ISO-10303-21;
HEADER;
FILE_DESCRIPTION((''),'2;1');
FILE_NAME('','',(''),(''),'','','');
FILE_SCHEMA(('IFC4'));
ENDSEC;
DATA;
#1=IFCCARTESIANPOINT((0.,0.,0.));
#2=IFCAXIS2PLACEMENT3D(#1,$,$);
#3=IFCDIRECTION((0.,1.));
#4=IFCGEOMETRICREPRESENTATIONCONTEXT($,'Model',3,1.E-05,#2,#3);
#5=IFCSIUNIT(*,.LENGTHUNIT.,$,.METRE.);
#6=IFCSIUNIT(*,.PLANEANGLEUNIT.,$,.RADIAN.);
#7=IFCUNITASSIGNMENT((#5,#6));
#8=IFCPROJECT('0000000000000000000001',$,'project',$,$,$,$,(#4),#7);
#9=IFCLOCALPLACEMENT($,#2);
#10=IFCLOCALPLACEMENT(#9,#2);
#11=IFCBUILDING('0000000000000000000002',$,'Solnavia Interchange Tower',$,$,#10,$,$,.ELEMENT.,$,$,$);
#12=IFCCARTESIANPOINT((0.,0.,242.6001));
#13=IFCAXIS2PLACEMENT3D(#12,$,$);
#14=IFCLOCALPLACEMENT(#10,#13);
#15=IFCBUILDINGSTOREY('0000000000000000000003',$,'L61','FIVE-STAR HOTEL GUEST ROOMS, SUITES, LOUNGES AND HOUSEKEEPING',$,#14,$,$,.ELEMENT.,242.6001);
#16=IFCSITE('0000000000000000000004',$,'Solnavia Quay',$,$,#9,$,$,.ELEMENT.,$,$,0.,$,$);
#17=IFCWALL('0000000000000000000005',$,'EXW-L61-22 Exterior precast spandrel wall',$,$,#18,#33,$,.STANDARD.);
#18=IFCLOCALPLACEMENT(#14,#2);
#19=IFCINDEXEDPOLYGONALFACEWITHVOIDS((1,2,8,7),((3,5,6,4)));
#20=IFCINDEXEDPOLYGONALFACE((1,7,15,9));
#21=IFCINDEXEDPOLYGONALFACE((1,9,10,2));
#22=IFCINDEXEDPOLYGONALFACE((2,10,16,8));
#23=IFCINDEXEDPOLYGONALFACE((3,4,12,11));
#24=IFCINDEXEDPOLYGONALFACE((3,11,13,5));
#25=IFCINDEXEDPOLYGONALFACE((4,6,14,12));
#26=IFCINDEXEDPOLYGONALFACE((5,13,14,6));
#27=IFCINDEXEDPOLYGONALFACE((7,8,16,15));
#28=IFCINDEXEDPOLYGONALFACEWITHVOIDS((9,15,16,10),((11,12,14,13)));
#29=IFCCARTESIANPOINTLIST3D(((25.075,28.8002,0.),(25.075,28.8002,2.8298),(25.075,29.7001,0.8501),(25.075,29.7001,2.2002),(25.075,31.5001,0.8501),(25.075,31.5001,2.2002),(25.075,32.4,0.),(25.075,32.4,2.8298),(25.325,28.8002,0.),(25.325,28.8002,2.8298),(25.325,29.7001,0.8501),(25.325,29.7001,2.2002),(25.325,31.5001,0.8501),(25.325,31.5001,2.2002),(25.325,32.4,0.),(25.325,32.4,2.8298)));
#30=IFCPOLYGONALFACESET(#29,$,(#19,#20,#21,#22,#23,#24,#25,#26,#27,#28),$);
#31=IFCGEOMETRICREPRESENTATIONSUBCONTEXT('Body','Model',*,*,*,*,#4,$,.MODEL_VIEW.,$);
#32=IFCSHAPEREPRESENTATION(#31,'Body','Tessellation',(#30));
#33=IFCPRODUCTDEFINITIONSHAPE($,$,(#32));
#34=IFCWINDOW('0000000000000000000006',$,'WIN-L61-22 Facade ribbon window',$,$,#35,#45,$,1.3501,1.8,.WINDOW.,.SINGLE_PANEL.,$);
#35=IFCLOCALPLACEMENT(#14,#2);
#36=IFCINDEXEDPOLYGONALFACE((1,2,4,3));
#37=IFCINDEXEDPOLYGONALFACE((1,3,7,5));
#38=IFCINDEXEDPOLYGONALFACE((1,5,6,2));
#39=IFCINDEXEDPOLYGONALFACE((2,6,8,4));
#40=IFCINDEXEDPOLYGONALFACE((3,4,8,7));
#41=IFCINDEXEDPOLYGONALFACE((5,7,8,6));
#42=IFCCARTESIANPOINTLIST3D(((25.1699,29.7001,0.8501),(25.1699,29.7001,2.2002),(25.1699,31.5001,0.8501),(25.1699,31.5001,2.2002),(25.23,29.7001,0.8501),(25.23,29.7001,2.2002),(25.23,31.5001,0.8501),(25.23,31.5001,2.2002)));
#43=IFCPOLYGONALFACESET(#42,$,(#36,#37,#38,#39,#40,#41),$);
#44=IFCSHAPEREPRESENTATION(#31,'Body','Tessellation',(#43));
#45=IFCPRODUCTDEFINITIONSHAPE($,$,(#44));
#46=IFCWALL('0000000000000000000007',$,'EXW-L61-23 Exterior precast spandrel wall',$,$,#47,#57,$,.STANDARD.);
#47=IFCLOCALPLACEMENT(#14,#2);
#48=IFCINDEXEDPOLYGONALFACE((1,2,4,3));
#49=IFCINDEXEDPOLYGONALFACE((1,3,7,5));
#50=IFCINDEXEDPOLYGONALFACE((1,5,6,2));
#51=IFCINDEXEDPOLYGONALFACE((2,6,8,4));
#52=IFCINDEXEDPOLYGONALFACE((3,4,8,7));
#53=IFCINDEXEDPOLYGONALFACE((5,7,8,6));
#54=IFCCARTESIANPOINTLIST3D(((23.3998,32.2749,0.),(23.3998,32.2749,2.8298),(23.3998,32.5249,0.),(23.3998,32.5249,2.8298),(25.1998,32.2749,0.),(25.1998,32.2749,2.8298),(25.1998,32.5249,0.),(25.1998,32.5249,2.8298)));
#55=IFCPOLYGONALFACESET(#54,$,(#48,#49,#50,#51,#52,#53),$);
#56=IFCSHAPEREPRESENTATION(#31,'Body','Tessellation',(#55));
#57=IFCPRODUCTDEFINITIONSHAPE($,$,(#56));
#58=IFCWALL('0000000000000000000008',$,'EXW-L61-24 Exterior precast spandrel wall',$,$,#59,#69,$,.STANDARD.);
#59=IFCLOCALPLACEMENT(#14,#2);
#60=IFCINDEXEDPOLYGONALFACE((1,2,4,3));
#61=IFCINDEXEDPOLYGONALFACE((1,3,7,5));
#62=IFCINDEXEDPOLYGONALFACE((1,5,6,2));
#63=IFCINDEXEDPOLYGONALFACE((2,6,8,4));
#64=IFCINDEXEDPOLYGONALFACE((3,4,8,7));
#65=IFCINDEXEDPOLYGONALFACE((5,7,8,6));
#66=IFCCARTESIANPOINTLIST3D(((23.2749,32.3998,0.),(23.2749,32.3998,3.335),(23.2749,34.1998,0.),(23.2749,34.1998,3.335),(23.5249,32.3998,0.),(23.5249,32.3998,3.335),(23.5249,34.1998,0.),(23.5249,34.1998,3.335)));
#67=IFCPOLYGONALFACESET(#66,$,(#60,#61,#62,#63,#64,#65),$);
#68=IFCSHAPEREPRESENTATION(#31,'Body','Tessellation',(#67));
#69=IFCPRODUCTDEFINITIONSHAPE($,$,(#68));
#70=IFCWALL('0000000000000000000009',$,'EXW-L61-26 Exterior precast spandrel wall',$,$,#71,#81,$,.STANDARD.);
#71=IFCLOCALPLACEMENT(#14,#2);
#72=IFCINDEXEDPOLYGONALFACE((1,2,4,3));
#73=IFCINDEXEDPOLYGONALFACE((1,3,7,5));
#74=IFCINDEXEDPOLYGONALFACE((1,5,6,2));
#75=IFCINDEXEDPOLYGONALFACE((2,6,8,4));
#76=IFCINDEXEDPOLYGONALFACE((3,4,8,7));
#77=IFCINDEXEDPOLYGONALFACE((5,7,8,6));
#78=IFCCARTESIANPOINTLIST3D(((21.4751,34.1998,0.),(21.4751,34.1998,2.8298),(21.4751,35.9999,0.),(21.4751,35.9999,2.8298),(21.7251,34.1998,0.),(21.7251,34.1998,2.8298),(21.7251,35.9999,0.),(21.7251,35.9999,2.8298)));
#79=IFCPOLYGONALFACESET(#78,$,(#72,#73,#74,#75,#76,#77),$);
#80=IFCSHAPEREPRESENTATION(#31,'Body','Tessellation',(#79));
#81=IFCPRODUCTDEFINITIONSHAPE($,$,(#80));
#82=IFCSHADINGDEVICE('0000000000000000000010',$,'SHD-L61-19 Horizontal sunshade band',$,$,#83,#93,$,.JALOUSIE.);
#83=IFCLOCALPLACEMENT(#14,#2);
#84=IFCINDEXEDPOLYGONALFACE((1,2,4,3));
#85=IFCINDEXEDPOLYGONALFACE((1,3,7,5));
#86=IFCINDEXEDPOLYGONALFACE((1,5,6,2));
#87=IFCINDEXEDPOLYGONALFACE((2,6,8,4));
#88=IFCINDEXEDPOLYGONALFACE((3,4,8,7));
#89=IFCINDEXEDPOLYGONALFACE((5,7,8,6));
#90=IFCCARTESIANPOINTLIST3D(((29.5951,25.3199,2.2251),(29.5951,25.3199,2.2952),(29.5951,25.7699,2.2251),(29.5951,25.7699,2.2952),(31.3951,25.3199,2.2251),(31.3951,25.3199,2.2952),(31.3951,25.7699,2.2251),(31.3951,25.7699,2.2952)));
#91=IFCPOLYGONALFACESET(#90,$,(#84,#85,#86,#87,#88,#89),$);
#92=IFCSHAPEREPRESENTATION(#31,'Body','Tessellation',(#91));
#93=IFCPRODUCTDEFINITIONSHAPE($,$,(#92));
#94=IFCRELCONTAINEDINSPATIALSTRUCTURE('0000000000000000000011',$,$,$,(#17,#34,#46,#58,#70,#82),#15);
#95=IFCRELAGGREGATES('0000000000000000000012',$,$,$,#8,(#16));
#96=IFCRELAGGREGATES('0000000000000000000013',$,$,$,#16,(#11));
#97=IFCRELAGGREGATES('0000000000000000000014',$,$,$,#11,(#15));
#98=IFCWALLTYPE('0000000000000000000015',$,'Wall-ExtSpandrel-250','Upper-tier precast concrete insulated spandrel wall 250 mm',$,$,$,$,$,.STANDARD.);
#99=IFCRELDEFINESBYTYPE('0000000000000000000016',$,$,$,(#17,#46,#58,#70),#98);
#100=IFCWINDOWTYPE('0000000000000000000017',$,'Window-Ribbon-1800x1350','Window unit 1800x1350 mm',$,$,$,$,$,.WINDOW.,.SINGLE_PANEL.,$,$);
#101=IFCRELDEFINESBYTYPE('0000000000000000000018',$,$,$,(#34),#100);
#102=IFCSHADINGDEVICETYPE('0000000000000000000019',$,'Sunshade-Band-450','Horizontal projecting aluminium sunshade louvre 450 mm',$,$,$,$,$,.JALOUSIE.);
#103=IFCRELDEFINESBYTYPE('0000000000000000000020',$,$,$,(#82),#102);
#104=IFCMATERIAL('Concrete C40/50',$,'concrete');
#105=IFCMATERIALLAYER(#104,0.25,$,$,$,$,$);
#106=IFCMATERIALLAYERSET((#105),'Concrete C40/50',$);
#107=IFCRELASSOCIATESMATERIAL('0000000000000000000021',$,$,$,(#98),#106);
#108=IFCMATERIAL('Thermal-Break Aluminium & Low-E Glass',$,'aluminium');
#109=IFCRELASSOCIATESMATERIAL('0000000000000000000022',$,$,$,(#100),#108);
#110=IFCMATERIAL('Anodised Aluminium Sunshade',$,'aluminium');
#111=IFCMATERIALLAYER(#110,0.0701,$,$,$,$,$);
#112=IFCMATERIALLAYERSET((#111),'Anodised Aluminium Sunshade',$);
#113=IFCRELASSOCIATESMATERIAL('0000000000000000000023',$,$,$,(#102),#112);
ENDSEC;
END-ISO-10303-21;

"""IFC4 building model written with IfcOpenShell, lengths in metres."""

from ifc_helpers import new_model, si_unit, direction, frame, frame_2d, origin, origin_2d, place, context, subcontext, project, spatial, rectangle, extrude, material, layer, layer_set, type_object, element, fill, save


model = new_model("IFC4")

# Units and contexts
model_context = context("Model", 3, precision=1e-05, world=origin(), true_north=direction((0.0, 1.0)))
body_context = subcontext(model_context, "Body", "Model", "MODEL_VIEW")
ifc_project = project(units=[si_unit("LENGTHUNIT", "METRE"), si_unit("PLANEANGLEUNIT", "RADIAN")], contexts=[model_context])

# Site, building, storey
site_placement = place(None, origin())
site = spatial("IfcSite", under=ifc_project, at=site_placement, Name="Solnavia Quay", CompositionType="ELEMENT", RefElevation=0.0)
building_placement = place(site_placement, origin())
building = spatial("IfcBuilding", under=site, at=building_placement, Name="Solnavia Interchange Tower", CompositionType="ELEMENT")
storey_placement = place(building_placement, frame((0.0, 0.0, 242.6001)))
storey = spatial("IfcBuildingStorey", under=building, at=storey_placement, Name="L61", Description="FIVE-STAR HOTEL GUEST ROOMS, SUITES, LOUNGES AND HOUSEKEEPING", CompositionType="ELEMENT", Elevation=242.6001)

# Shared definitions
ifc_material_1 = material(Name="Concrete C40/50", Category="concrete")
ifc_layer_1 = layer(ifc_material_1, 0.25)
ifc_layer_set_1 = layer_set([ifc_layer_1], Name="Concrete C40/50")
wall_type = type_object("IfcWallType", Name="Wall-ExtSpandrel-250", Description="Upper-tier precast concrete insulated spandrel wall 250 mm", PredefinedType="STANDARD", material=ifc_layer_set_1)

# Shared definitions
ifc_material_2 = material(Name="Thermal-Break Aluminium & Low-E Glass", Category="aluminium")
window_type = type_object("IfcWindowType", Name="Window-Ribbon-1800x1350", Description="Window unit 1800x1350 mm", PartitioningType="SINGLE_PANEL", PredefinedType="WINDOW", material=ifc_material_2)

# Wall, opening, window
wall_1_placement = place(storey_placement, frame((25.2, 32.3999, 0.0), z_axis=(0.0, 0.0, 1.0), x_axis=(0.0, -1.0, 0.0)))
wall_1 = element("IfcWall", 1, at=wall_1_placement, inside=storey, type_object=wall_type, Name="EXW-L61-22 Exterior precast spandrel wall", PredefinedType="STANDARD", context=body_context, shape_type="SweptSolid", body=[
    extrude(rectangle(XDim=3.5999, YDim=0.25, at=frame_2d((1.7998, 0.0))), origin(), (0.0, 0.0, 1.0), 2.8298),
])
opening_1_placement = place(wall_1_placement, frame((0.8999, 0.0, 0.8501)))
opening_1 = element("IfcOpeningElement", 2, at=opening_1_placement, cuts=wall_1, PredefinedType="OPENING", context=body_context, shape_type="SweptSolid", body=[
    extrude(rectangle(XDim=1.8, YDim=1.3501, at=frame_2d((0.8999, 0.675))), frame((0.0, 0.135, 0.0), z_axis=(0.0, -1.0, 0.0), x_axis=(1.0, 0.0, 0.0)), (0.0, 0.0, 1.0), 0.27),
])
window_1_placement = place(opening_1_placement, origin())
window_1 = element("IfcWindow", 3, at=window_1_placement, inside=storey, type_object=window_type, Name="WIN-L61-22 Facade ribbon window", OverallHeight=1.3501, OverallWidth=1.8, PartitioningType="SINGLE_PANEL", PredefinedType="WINDOW", context=body_context, shape_type="SweptSolid", body=[
    extrude(rectangle(XDim=1.8, YDim=1.3501, at=frame_2d((0.8999, 0.675))), frame((0.0, 0.03, 0.0), z_axis=(0.0, -1.0, 0.0), x_axis=(1.0, 0.0, 0.0)), (0.0, 0.0, 1.0), 0.0601),
])
fill(opening_1, window_1)

# Walls
wall_2_placement = place(storey_placement, frame((23.3999, 32.3999, 0.0), z_axis=(0.0, 0.0, 1.0), x_axis=(1.0, 0.0, 0.0)))
element("IfcWall", 4, at=wall_2_placement, inside=storey, type_object=wall_type, Name="EXW-L61-23 Exterior precast spandrel wall", PredefinedType="STANDARD", context=body_context, shape_type="SweptSolid", body=[
    extrude(rectangle(XDim=1.8, YDim=0.25, at=frame_2d((0.8999, 0.0))), origin(), (0.0, 0.0, 1.0), 2.8298),
])
wall_3_placement = place(storey_placement, frame((23.3999, 32.3999, 0.0), z_axis=(0.0, 0.0, 1.0), x_axis=(0.0, 1.0, 0.0)))
element("IfcWall", 5, at=wall_3_placement, inside=storey, type_object=wall_type, Name="EXW-L61-24 Exterior precast spandrel wall", PredefinedType="STANDARD", context=body_context, shape_type="SweptSolid", body=[
    extrude(rectangle(XDim=1.8, YDim=0.25, at=frame_2d((0.8999, 0.0))), origin(), (0.0, 0.0, 1.0), 3.335),
])
wall_4_placement = place(storey_placement, frame((21.6001, 34.2, 0.0), z_axis=(0.0, 0.0, 1.0), x_axis=(0.0, 1.0, 0.0)))
element("IfcWall", 6, at=wall_4_placement, inside=storey, type_object=wall_type, Name="EXW-L61-26 Exterior precast spandrel wall", PredefinedType="STANDARD", context=body_context, shape_type="SweptSolid", body=[
    extrude(rectangle(XDim=1.8, YDim=0.25, at=frame_2d((0.8999, 0.0))), origin(), (0.0, 0.0, 1.0), 2.8298),
])

# Shading device
ifc_material_3 = material(Name="Anodised Aluminium Sunshade", Category="aluminium")
ifc_layer_2 = layer(ifc_material_3, 0.0701)
ifc_layer_set_2 = layer_set([ifc_layer_2], Name="Anodised Aluminium Sunshade")
shading_device_type = type_object("IfcShadingDeviceType", Name="Sunshade-Band-450", Description="Horizontal projecting aluminium sunshade louvre 450 mm", PredefinedType="JALOUSIE", material=ifc_layer_set_2)
shading_device_placement = place(storey_placement, frame((30.4951, 25.5449, 2.2251), z_axis=(0.0, 0.0, 1.0), x_axis=(1.0, 0.0, 0.0)))
element("IfcShadingDevice", 7, at=shading_device_placement, inside=storey, type_object=shading_device_type, Name="SHD-L61-19 Horizontal sunshade band", PredefinedType="JALOUSIE", context=body_context, shape_type="SweptSolid", body=[
    extrude(rectangle(XDim=1.8, YDim=0.45, at=origin_2d()), origin(), (0.0, 0.0, 1.0), 0.0701),
])

save(model, "model.ifc")
